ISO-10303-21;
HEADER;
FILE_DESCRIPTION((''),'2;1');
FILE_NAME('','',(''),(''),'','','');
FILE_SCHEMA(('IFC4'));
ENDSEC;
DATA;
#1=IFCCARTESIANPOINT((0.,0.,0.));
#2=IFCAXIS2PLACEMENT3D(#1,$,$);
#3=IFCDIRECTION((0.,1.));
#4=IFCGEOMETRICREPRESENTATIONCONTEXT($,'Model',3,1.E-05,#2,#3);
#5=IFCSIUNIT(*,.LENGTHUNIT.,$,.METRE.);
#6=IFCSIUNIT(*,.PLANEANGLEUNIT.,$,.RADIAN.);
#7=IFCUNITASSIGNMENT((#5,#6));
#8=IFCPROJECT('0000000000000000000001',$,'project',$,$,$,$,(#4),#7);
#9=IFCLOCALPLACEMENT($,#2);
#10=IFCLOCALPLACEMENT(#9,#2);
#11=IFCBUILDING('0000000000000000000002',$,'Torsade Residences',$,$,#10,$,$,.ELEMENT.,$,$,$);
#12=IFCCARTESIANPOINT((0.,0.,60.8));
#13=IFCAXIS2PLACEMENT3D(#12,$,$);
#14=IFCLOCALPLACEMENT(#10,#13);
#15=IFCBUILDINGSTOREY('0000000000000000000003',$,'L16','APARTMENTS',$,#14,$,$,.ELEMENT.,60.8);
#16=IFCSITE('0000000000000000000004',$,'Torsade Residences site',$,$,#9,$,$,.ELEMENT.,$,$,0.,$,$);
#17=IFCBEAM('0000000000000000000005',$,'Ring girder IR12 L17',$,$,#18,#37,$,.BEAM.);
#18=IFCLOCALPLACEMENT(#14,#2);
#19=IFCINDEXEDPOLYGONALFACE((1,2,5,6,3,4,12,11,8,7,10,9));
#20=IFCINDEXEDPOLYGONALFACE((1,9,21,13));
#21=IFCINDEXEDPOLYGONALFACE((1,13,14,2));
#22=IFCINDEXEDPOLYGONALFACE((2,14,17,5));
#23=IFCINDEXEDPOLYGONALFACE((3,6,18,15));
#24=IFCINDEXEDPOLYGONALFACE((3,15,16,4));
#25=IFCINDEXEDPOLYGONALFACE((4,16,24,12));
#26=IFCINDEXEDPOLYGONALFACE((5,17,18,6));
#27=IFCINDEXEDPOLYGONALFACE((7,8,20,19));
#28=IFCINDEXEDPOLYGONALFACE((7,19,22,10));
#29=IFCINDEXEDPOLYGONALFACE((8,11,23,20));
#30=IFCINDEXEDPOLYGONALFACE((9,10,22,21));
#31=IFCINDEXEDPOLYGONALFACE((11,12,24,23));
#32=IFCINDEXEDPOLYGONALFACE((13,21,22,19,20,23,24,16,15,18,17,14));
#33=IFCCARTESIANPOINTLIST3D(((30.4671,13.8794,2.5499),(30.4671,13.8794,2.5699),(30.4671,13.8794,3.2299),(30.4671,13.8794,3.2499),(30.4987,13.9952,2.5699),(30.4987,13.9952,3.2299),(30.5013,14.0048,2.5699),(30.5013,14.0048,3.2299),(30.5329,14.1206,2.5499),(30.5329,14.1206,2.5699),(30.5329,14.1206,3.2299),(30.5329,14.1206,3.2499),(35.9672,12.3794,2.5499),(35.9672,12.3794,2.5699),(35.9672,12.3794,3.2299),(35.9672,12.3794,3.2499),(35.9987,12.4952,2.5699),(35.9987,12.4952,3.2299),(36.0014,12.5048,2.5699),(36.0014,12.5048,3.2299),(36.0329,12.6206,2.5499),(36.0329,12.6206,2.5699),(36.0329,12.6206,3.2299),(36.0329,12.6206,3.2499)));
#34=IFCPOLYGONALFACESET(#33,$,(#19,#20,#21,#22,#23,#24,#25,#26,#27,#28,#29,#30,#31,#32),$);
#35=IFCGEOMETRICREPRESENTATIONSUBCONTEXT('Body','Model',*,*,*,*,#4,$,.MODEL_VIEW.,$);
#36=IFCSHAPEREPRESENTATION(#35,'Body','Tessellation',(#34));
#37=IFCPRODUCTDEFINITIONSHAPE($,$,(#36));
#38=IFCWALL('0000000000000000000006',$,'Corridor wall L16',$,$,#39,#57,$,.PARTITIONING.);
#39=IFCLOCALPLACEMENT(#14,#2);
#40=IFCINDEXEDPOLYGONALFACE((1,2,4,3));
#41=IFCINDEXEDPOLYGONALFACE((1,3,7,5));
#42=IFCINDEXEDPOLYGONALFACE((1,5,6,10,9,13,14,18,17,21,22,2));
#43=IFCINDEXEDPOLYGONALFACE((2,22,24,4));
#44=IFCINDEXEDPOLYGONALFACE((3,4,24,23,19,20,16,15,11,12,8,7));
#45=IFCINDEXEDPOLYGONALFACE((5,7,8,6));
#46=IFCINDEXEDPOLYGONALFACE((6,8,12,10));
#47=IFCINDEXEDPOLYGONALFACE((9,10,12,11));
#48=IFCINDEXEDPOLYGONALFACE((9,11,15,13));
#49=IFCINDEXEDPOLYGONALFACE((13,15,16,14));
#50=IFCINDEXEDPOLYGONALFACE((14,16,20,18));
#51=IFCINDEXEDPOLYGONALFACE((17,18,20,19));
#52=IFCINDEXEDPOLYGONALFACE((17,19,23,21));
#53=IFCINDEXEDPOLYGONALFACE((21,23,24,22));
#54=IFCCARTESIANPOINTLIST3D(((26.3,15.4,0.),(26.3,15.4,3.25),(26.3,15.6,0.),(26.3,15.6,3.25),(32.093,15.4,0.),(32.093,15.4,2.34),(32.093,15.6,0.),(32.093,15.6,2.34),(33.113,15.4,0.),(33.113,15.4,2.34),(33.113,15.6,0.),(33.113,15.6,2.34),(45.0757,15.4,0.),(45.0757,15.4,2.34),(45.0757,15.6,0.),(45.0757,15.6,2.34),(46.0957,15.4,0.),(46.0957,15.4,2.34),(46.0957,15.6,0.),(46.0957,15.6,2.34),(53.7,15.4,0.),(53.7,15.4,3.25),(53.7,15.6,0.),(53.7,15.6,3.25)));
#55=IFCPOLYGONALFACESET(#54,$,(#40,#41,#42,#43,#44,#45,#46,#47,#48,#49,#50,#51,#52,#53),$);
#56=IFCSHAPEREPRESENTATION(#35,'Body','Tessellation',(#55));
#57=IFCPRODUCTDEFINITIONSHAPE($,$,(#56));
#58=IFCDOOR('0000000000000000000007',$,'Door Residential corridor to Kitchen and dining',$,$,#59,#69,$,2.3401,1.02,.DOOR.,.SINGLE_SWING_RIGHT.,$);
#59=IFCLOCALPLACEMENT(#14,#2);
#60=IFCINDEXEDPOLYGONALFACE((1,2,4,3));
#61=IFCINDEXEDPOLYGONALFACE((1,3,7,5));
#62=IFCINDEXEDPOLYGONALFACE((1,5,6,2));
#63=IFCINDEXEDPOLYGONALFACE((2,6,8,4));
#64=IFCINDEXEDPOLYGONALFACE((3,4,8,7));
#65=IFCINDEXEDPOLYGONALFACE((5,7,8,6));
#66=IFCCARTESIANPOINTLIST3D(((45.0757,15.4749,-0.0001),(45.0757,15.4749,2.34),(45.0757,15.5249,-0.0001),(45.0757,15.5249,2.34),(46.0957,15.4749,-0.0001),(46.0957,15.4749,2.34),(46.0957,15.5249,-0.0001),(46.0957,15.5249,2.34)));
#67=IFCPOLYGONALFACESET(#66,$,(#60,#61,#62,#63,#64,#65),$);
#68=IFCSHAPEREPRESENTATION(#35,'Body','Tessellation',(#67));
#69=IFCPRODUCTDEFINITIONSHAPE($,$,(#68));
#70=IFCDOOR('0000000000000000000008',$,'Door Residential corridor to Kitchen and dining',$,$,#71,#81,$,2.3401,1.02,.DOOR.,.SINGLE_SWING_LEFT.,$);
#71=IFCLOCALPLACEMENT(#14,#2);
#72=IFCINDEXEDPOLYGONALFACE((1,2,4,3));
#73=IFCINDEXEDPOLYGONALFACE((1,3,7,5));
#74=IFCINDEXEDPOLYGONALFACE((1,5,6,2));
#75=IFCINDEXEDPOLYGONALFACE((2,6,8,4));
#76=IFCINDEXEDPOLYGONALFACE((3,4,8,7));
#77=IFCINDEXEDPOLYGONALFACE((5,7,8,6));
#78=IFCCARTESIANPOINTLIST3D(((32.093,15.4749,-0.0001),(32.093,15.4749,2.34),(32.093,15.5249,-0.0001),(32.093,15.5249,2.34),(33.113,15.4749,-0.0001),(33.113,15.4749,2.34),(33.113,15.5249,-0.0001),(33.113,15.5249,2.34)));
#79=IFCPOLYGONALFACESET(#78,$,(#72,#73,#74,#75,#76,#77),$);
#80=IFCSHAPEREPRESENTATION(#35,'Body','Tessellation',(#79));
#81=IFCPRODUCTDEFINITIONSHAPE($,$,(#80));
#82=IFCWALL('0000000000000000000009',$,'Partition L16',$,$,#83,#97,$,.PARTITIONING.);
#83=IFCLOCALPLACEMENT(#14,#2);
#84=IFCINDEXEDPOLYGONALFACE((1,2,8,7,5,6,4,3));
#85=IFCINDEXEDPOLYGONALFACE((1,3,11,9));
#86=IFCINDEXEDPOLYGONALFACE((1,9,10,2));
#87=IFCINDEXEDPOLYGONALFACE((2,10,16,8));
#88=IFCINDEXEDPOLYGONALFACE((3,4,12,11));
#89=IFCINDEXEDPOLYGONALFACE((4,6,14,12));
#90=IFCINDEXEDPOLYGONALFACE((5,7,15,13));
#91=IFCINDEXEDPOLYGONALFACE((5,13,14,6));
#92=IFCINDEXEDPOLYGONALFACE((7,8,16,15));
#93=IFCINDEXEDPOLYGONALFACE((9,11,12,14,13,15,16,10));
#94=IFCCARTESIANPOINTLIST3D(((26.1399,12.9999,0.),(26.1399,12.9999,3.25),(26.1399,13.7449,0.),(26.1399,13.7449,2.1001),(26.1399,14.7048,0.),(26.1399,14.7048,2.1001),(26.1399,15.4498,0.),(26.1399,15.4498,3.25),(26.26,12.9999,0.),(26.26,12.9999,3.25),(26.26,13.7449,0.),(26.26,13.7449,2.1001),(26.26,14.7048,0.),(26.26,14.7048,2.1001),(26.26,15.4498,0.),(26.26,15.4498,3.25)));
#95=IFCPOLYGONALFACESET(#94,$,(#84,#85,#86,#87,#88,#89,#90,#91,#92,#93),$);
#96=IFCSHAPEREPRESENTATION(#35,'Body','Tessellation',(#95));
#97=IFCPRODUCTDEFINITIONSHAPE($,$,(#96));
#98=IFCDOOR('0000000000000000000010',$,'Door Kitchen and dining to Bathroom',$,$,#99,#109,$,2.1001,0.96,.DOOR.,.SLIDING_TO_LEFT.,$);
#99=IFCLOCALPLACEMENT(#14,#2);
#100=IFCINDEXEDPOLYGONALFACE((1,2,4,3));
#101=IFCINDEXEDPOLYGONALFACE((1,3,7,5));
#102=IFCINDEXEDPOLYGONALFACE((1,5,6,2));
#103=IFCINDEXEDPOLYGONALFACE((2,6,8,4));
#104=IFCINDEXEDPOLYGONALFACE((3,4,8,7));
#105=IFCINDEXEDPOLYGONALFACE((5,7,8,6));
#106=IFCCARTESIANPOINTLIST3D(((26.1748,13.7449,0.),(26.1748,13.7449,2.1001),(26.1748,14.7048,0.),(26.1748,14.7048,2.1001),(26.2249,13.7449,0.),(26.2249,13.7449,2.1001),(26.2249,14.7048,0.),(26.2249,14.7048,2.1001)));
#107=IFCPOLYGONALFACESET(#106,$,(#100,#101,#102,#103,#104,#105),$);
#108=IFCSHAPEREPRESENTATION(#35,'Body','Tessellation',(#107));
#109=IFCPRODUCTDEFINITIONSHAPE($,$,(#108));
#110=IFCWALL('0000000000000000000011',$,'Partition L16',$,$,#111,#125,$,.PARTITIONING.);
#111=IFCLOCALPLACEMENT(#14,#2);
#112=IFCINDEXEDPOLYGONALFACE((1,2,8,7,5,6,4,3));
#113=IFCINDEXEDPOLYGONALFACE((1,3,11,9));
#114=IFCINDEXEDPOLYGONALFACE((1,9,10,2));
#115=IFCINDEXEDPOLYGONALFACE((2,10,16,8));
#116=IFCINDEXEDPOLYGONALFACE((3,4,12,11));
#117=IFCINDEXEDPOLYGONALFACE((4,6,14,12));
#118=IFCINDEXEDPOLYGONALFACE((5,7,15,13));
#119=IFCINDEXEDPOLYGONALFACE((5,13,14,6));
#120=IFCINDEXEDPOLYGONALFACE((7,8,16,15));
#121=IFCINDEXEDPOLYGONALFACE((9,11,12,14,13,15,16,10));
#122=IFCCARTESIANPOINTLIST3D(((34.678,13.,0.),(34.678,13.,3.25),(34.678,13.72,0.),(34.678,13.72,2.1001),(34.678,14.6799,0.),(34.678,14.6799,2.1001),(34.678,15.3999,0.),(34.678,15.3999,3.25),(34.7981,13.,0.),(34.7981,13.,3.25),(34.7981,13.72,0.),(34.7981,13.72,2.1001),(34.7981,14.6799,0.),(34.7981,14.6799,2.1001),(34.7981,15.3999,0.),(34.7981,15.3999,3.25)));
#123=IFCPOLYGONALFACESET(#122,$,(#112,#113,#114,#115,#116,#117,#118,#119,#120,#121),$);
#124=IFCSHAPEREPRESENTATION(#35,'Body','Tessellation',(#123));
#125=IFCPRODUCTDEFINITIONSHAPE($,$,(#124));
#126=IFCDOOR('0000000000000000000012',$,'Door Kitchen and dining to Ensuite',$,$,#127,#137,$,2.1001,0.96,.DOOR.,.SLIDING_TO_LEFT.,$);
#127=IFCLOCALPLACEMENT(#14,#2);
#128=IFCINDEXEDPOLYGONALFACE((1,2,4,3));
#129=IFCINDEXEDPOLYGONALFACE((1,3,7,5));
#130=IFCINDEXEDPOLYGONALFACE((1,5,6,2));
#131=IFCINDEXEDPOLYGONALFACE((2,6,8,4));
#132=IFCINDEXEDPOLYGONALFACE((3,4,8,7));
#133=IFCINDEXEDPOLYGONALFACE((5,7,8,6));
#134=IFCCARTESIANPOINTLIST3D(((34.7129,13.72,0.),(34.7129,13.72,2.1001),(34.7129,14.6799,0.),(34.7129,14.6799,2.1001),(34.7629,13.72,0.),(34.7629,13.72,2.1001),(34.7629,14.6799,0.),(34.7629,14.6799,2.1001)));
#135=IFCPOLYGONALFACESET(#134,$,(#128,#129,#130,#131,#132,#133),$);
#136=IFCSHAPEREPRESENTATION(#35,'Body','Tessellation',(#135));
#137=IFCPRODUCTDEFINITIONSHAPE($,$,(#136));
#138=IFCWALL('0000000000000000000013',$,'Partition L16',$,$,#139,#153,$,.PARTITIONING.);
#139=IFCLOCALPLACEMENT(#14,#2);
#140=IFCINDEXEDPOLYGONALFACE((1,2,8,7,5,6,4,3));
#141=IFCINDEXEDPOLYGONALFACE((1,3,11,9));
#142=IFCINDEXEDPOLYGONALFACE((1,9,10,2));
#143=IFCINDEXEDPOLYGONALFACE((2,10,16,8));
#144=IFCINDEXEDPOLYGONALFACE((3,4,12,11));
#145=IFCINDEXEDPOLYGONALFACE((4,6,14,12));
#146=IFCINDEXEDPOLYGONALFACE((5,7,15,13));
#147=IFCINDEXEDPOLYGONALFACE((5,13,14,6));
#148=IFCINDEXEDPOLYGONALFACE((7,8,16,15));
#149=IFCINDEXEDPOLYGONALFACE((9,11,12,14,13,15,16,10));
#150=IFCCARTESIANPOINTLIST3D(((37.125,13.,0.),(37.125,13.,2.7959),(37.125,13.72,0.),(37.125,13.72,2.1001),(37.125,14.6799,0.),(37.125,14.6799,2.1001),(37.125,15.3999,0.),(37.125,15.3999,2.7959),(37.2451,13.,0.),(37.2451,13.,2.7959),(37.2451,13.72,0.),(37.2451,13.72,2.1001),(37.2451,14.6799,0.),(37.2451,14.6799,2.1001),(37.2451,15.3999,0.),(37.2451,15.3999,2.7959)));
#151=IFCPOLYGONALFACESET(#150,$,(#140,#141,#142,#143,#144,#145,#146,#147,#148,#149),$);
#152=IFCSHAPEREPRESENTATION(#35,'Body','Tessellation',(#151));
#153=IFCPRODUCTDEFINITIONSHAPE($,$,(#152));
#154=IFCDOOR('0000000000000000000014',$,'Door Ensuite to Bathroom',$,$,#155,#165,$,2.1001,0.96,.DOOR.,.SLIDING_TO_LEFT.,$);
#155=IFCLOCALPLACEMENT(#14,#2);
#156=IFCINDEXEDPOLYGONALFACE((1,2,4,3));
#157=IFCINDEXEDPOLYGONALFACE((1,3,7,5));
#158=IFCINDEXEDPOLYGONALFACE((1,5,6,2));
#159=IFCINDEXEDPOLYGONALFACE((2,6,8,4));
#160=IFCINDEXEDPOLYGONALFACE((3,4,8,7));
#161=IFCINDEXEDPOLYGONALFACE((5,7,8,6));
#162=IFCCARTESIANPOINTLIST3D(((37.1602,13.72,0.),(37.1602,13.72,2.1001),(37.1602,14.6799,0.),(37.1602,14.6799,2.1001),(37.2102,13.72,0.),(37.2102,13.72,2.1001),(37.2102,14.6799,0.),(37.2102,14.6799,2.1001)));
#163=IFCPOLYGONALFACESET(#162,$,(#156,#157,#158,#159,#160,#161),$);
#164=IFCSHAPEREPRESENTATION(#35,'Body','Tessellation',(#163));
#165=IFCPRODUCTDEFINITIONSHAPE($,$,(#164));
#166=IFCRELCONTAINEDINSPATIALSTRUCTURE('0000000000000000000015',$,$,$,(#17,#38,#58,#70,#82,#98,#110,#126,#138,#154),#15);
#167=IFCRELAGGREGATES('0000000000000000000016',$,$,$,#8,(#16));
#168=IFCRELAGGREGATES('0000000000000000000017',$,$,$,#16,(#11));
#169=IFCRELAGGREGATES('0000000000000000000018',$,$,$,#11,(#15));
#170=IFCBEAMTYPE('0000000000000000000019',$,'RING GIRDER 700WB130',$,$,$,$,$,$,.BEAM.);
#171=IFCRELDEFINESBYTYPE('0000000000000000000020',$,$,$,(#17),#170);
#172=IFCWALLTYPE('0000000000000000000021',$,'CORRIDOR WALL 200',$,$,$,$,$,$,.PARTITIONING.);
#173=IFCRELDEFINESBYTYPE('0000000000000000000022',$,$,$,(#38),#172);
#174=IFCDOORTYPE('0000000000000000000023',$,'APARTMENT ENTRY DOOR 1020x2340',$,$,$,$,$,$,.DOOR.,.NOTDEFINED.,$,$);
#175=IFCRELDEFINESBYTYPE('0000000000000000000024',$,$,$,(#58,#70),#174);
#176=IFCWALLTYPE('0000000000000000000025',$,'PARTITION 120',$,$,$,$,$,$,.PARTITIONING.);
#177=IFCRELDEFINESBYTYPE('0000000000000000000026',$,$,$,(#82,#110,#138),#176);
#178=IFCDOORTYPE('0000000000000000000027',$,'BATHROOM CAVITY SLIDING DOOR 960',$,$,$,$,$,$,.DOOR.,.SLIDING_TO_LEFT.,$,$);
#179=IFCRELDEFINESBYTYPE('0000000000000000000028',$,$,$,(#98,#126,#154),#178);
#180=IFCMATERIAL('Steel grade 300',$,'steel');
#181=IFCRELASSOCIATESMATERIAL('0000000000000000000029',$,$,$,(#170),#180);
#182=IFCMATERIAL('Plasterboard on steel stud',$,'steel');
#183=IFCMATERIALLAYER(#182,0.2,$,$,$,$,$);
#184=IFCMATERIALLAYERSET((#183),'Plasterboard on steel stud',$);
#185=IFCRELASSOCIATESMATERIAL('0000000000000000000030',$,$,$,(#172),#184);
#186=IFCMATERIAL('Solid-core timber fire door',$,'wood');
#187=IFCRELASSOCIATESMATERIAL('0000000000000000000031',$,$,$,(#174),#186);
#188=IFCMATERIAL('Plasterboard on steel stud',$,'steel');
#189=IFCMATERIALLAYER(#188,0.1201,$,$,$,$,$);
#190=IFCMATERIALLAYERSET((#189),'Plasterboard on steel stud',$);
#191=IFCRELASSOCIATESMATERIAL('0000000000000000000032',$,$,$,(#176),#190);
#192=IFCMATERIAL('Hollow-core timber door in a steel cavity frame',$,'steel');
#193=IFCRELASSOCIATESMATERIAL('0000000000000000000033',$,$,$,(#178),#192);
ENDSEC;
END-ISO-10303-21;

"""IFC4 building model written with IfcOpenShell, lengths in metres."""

from ifc_helpers import new_model, si_unit, direction, frame, frame_2d, origin, origin_2d, place, context, subcontext, project, spatial, rectangle, i_section, extrude, material, layer, layer_set, material_profile, profile_set, type_object, element, fill, save


model = new_model("IFC4")

# Units and contexts
model_context = context("Model", 3, precision=1e-05, world=origin(), true_north=direction((0.0, 1.0)))
body_context = subcontext(model_context, "Body", "Model", "MODEL_VIEW")
ifc_project = project(units=[si_unit("LENGTHUNIT", "METRE"), si_unit("PLANEANGLEUNIT", "RADIAN")], contexts=[model_context])

# Site, building, storey
site_placement = place(None, origin())
site = spatial("IfcSite", under=ifc_project, at=site_placement, Name="Torsade Residences site", CompositionType="ELEMENT", RefElevation=0.0)
building_placement = place(site_placement, origin())
building = spatial("IfcBuilding", under=site, at=building_placement, Name="Torsade Residences", CompositionType="ELEMENT")
storey_placement = place(building_placement, frame((0.0, 0.0, 60.8)))
storey = spatial("IfcBuildingStorey", under=building, at=storey_placement, Name="L16", Description="APARTMENTS", CompositionType="ELEMENT", Elevation=60.8)

# Beam
ifc_material_1 = material(Name="Steel grade 300", Category="steel")
ifc_material_profile_1 = material_profile(ifc_material_1, i_section(OverallWidth=0.25, OverallDepth=0.7, WebThickness=0.01, FlangeThickness=0.02, at=origin_2d()), Name="700WB130")
ifc_profile_set_1 = profile_set([ifc_material_profile_1], Name="Steel grade 300")
beam_type_1 = type_object("IfcBeamType", Name="RING GIRDER 700WB130", PredefinedType="BEAM", material=ifc_profile_set_1)
beam_1_placement = place(storey_placement, frame((30.5, 14.0, 2.8999), z_axis=(0.964764, -0.263117, 0.0), x_axis=(0.263117, 0.964764, 0.0)))
element("IfcBeam", 1, at=beam_1_placement, inside=storey, type_object=beam_type_1, Name="Ring girder IR12 L17", PredefinedType="BEAM", context=body_context, shape_type="SweptSolid", body=[
    extrude(i_section(OverallWidth=0.25, OverallDepth=0.7, WebThickness=0.01, FlangeThickness=0.02, at=origin_2d()), origin(), (0.0, 0.0, 1.0), 5.7009),
])

# Wall, openings, doors
ifc_material_2 = material(Name="Plasterboard on steel stud", Category="steel")
ifc_layer_1 = layer(ifc_material_2, 0.2)
ifc_layer_set_1 = layer_set([ifc_layer_1], Name="Plasterboard on steel stud")
wall_type_1 = type_object("IfcWallType", Name="CORRIDOR WALL 200", PredefinedType="PARTITIONING", material=ifc_layer_set_1)
wall_1_placement = place(storey_placement, frame((26.3, 15.5, 0.0), z_axis=(0.0, 0.0, 1.0), x_axis=(1.0, 0.0, 0.0)))
wall_1 = element("IfcWall", 2, at=wall_1_placement, inside=storey, type_object=wall_type_1, Name="Corridor wall L16", PredefinedType="PARTITIONING", context=body_context, shape_type="SweptSolid", body=[
    extrude(rectangle(XDim=27.3999, YDim=0.2, at=frame_2d((13.7, 0.0))), origin(), (0.0, 0.0, 1.0), 3.25),
])
opening_1_placement = place(wall_1_placement, frame((18.7756, 0.0, 0.0)))
opening_1 = element("IfcOpeningElement", 3, at=opening_1_placement, cuts=wall_1, PredefinedType="OPENING", context=body_context, shape_type="SweptSolid", body=[
    extrude(rectangle(XDim=1.02, YDim=2.3401, at=frame_2d((0.51, 1.1699))), frame((0.0, 0.1099, 0.0), z_axis=(0.0, -1.0, 0.0), x_axis=(1.0, 0.0, 0.0)), (0.0, 0.0, 1.0), 0.22),
])
opening_2_placement = place(wall_1_placement, frame((5.793, 0.0, 0.0)))
opening_2 = element("IfcOpeningElement", 4, at=opening_2_placement, cuts=wall_1, PredefinedType="OPENING", context=body_context, shape_type="SweptSolid", body=[
    extrude(rectangle(XDim=1.02, YDim=2.3401, at=frame_2d((0.51, 1.1699))), frame((0.0, 0.1099, 0.0), z_axis=(0.0, -1.0, 0.0), x_axis=(1.0, 0.0, 0.0)), (0.0, 0.0, 1.0), 0.22),
])
ifc_material_3 = material(Name="Solid-core timber fire door", Category="wood")
door_type_1 = type_object("IfcDoorType", Name="APARTMENT ENTRY DOOR 1020x2340", OperationType="NOTDEFINED", PredefinedType="DOOR", material=ifc_material_3)
door_1_placement = place(opening_1_placement, origin())
door_1 = element("IfcDoor", 5, at=door_1_placement, inside=storey, type_object=door_type_1, Name="Door Residential corridor to Kitchen and dining", OperationType="SINGLE_SWING_RIGHT", OverallHeight=2.3401, OverallWidth=1.02, PredefinedType="DOOR", context=body_context, shape_type="SweptSolid", body=[
    extrude(rectangle(XDim=1.02, YDim=2.3401, at=frame_2d((0.51, 1.1699))), frame((0.0, 0.0249, 0.0), z_axis=(0.0, -1.0, 0.0), x_axis=(1.0, 0.0, 0.0)), (0.0, 0.0, 1.0), 0.05),
])
fill(opening_1, door_1)
door_2_placement = place(opening_2_placement, origin())
door_2 = element("IfcDoor", 6, at=door_2_placement, inside=storey, type_object=door_type_1, Name="Door Residential corridor to Kitchen and dining", OperationType="SINGLE_SWING_LEFT", OverallHeight=2.3401, OverallWidth=1.02, PredefinedType="DOOR", context=body_context, shape_type="SweptSolid", body=[
    extrude(rectangle(XDim=1.02, YDim=2.3401, at=frame_2d((0.51, 1.1699))), frame((0.0, 0.0249, 0.0), z_axis=(0.0, -1.0, 0.0), x_axis=(1.0, 0.0, 0.0)), (0.0, 0.0, 1.0), 0.05),
])
fill(opening_2, door_2)

# Walls, openings, doors
ifc_material_4 = material(Name="Plasterboard on steel stud", Category="steel")
ifc_layer_2 = layer(ifc_material_4, 0.1201)
ifc_layer_set_2 = layer_set([ifc_layer_2], Name="Plasterboard on steel stud")
wall_type_2 = type_object("IfcWallType", Name="PARTITION 120", PredefinedType="PARTITIONING", material=ifc_layer_set_2)
wall_2_placement = place(storey_placement, frame((26.2, 15.45, 0.0), z_axis=(0.0, 0.0, 1.0), x_axis=(0.0, -1.0, 0.0)))
wall_2 = element("IfcWall", 7, at=wall_2_placement, inside=storey, type_object=wall_type_2, Name="Partition L16", PredefinedType="PARTITIONING", context=body_context, shape_type="SweptSolid", body=[
    extrude(rectangle(XDim=2.45, YDim=0.1201, at=frame_2d((1.2251, 0.0))), origin(), (0.0, 0.0, 1.0), 3.25),
])
opening_3_placement = place(wall_2_placement, frame((0.7451, 0.0, 0.0)))
opening_3 = element("IfcOpeningElement", 8, at=opening_3_placement, cuts=wall_2, PredefinedType="OPENING", context=body_context, shape_type="SweptSolid", body=[
    extrude(rectangle(XDim=0.96, YDim=2.1001, at=frame_2d((0.48, 1.05))), frame((0.0, 0.0701, 0.0), z_axis=(0.0, -1.0, 0.0), x_axis=(1.0, 0.0, 0.0)), (0.0, 0.0, 1.0), 0.1401),
])
ifc_material_5 = material(Name="Hollow-core timber door in a steel cavity frame", Category="steel")
door_type_2 = type_object("IfcDoorType", Name="BATHROOM CAVITY SLIDING DOOR 960", OperationType="SLIDING_TO_LEFT", PredefinedType="DOOR", material=ifc_material_5)
door_3_placement = place(opening_3_placement, origin())
door_3 = element("IfcDoor", 9, at=door_3_placement, inside=storey, type_object=door_type_2, Name="Door Kitchen and dining to Bathroom", OperationType="SLIDING_TO_LEFT", OverallHeight=2.1001, OverallWidth=0.96, PredefinedType="DOOR", context=body_context, shape_type="SweptSolid", body=[
    extrude(rectangle(XDim=0.96, YDim=2.1001, at=frame_2d((0.48, 1.05))), frame((0.0, 0.0249, 0.0), z_axis=(0.0, -1.0, 0.0), x_axis=(1.0, 0.0, 0.0)), (0.0, 0.0, 1.0), 0.05),
])
fill(opening_3, door_3)
wall_3_placement = place(storey_placement, frame((34.738, 15.3999, 0.0), z_axis=(0.0, 0.0, 1.0), x_axis=(0.0, -1.0, 0.0)))
wall_3 = element("IfcWall", 10, at=wall_3_placement, inside=storey, type_object=wall_type_2, Name="Partition L16", PredefinedType="PARTITIONING", context=body_context, shape_type="SweptSolid", body=[
    extrude(rectangle(XDim=2.3999, YDim=0.1201, at=frame_2d((1.2, 0.0))), origin(), (0.0, 0.0, 1.0), 3.25),
])
opening_4_placement = place(wall_3_placement, frame((0.72, 0.0, 0.0)))
opening_4 = element("IfcOpeningElement", 11, at=opening_4_placement, cuts=wall_3, PredefinedType="OPENING", context=body_context, shape_type="SweptSolid", body=[
    extrude(rectangle(XDim=0.96, YDim=2.1001, at=frame_2d((0.48, 1.05))), frame((0.0, 0.0701, 0.0), z_axis=(0.0, -1.0, 0.0), x_axis=(1.0, 0.0, 0.0)), (0.0, 0.0, 1.0), 0.1401),
])
door_4_placement = place(opening_4_placement, origin())
door_4 = element("IfcDoor", 12, at=door_4_placement, inside=storey, type_object=door_type_2, Name="Door Kitchen and dining to Ensuite", OperationType="SLIDING_TO_LEFT", OverallHeight=2.1001, OverallWidth=0.96, PredefinedType="DOOR", context=body_context, shape_type="SweptSolid", body=[
    extrude(rectangle(XDim=0.96, YDim=2.1001, at=frame_2d((0.48, 1.05))), frame((0.0, 0.0249, 0.0), z_axis=(0.0, -1.0, 0.0), x_axis=(1.0, 0.0, 0.0)), (0.0, 0.0, 1.0), 0.05),
])
fill(opening_4, door_4)
wall_4_placement = place(storey_placement, frame((37.1851, 13.0, 0.0), z_axis=(0.0, 0.0, 1.0), x_axis=(0.0, 1.0, 0.0)))
wall_4 = element("IfcWall", 13, at=wall_4_placement, inside=storey, type_object=wall_type_2, Name="Partition L16", PredefinedType="PARTITIONING", context=body_context, shape_type="SweptSolid", body=[
    extrude(rectangle(XDim=2.3999, YDim=0.1201, at=frame_2d((1.2, 0.0))), origin(), (0.0, 0.0, 1.0), 2.7959),
])
opening_5_placement = place(wall_4_placement, frame((0.72, 0.0, 0.0)))
opening_5 = element("IfcOpeningElement", 14, at=opening_5_placement, cuts=wall_4, PredefinedType="OPENING", context=body_context, shape_type="SweptSolid", body=[
    extrude(rectangle(XDim=0.96, YDim=2.1001, at=frame_2d((0.48, 1.05))), frame((0.0, 0.0701, 0.0), z_axis=(0.0, -1.0, 0.0), x_axis=(1.0, 0.0, 0.0)), (0.0, 0.0, 1.0), 0.1401),
])
door_5_placement = place(opening_5_placement, origin())
door_5 = element("IfcDoor", 15, at=door_5_placement, inside=storey, type_object=door_type_2, Name="Door Ensuite to Bathroom", OperationType="SLIDING_TO_LEFT", OverallHeight=2.1001, OverallWidth=0.96, PredefinedType="DOOR", context=body_context, shape_type="SweptSolid", body=[
    extrude(rectangle(XDim=0.96, YDim=2.1001, at=frame_2d((0.48, 1.05))), frame((0.0, 0.0249, 0.0), z_axis=(0.0, -1.0, 0.0), x_axis=(1.0, 0.0, 0.0)), (0.0, 0.0, 1.0), 0.05),
])
fill(opening_5, door_5)

save(model, "model.ifc")
